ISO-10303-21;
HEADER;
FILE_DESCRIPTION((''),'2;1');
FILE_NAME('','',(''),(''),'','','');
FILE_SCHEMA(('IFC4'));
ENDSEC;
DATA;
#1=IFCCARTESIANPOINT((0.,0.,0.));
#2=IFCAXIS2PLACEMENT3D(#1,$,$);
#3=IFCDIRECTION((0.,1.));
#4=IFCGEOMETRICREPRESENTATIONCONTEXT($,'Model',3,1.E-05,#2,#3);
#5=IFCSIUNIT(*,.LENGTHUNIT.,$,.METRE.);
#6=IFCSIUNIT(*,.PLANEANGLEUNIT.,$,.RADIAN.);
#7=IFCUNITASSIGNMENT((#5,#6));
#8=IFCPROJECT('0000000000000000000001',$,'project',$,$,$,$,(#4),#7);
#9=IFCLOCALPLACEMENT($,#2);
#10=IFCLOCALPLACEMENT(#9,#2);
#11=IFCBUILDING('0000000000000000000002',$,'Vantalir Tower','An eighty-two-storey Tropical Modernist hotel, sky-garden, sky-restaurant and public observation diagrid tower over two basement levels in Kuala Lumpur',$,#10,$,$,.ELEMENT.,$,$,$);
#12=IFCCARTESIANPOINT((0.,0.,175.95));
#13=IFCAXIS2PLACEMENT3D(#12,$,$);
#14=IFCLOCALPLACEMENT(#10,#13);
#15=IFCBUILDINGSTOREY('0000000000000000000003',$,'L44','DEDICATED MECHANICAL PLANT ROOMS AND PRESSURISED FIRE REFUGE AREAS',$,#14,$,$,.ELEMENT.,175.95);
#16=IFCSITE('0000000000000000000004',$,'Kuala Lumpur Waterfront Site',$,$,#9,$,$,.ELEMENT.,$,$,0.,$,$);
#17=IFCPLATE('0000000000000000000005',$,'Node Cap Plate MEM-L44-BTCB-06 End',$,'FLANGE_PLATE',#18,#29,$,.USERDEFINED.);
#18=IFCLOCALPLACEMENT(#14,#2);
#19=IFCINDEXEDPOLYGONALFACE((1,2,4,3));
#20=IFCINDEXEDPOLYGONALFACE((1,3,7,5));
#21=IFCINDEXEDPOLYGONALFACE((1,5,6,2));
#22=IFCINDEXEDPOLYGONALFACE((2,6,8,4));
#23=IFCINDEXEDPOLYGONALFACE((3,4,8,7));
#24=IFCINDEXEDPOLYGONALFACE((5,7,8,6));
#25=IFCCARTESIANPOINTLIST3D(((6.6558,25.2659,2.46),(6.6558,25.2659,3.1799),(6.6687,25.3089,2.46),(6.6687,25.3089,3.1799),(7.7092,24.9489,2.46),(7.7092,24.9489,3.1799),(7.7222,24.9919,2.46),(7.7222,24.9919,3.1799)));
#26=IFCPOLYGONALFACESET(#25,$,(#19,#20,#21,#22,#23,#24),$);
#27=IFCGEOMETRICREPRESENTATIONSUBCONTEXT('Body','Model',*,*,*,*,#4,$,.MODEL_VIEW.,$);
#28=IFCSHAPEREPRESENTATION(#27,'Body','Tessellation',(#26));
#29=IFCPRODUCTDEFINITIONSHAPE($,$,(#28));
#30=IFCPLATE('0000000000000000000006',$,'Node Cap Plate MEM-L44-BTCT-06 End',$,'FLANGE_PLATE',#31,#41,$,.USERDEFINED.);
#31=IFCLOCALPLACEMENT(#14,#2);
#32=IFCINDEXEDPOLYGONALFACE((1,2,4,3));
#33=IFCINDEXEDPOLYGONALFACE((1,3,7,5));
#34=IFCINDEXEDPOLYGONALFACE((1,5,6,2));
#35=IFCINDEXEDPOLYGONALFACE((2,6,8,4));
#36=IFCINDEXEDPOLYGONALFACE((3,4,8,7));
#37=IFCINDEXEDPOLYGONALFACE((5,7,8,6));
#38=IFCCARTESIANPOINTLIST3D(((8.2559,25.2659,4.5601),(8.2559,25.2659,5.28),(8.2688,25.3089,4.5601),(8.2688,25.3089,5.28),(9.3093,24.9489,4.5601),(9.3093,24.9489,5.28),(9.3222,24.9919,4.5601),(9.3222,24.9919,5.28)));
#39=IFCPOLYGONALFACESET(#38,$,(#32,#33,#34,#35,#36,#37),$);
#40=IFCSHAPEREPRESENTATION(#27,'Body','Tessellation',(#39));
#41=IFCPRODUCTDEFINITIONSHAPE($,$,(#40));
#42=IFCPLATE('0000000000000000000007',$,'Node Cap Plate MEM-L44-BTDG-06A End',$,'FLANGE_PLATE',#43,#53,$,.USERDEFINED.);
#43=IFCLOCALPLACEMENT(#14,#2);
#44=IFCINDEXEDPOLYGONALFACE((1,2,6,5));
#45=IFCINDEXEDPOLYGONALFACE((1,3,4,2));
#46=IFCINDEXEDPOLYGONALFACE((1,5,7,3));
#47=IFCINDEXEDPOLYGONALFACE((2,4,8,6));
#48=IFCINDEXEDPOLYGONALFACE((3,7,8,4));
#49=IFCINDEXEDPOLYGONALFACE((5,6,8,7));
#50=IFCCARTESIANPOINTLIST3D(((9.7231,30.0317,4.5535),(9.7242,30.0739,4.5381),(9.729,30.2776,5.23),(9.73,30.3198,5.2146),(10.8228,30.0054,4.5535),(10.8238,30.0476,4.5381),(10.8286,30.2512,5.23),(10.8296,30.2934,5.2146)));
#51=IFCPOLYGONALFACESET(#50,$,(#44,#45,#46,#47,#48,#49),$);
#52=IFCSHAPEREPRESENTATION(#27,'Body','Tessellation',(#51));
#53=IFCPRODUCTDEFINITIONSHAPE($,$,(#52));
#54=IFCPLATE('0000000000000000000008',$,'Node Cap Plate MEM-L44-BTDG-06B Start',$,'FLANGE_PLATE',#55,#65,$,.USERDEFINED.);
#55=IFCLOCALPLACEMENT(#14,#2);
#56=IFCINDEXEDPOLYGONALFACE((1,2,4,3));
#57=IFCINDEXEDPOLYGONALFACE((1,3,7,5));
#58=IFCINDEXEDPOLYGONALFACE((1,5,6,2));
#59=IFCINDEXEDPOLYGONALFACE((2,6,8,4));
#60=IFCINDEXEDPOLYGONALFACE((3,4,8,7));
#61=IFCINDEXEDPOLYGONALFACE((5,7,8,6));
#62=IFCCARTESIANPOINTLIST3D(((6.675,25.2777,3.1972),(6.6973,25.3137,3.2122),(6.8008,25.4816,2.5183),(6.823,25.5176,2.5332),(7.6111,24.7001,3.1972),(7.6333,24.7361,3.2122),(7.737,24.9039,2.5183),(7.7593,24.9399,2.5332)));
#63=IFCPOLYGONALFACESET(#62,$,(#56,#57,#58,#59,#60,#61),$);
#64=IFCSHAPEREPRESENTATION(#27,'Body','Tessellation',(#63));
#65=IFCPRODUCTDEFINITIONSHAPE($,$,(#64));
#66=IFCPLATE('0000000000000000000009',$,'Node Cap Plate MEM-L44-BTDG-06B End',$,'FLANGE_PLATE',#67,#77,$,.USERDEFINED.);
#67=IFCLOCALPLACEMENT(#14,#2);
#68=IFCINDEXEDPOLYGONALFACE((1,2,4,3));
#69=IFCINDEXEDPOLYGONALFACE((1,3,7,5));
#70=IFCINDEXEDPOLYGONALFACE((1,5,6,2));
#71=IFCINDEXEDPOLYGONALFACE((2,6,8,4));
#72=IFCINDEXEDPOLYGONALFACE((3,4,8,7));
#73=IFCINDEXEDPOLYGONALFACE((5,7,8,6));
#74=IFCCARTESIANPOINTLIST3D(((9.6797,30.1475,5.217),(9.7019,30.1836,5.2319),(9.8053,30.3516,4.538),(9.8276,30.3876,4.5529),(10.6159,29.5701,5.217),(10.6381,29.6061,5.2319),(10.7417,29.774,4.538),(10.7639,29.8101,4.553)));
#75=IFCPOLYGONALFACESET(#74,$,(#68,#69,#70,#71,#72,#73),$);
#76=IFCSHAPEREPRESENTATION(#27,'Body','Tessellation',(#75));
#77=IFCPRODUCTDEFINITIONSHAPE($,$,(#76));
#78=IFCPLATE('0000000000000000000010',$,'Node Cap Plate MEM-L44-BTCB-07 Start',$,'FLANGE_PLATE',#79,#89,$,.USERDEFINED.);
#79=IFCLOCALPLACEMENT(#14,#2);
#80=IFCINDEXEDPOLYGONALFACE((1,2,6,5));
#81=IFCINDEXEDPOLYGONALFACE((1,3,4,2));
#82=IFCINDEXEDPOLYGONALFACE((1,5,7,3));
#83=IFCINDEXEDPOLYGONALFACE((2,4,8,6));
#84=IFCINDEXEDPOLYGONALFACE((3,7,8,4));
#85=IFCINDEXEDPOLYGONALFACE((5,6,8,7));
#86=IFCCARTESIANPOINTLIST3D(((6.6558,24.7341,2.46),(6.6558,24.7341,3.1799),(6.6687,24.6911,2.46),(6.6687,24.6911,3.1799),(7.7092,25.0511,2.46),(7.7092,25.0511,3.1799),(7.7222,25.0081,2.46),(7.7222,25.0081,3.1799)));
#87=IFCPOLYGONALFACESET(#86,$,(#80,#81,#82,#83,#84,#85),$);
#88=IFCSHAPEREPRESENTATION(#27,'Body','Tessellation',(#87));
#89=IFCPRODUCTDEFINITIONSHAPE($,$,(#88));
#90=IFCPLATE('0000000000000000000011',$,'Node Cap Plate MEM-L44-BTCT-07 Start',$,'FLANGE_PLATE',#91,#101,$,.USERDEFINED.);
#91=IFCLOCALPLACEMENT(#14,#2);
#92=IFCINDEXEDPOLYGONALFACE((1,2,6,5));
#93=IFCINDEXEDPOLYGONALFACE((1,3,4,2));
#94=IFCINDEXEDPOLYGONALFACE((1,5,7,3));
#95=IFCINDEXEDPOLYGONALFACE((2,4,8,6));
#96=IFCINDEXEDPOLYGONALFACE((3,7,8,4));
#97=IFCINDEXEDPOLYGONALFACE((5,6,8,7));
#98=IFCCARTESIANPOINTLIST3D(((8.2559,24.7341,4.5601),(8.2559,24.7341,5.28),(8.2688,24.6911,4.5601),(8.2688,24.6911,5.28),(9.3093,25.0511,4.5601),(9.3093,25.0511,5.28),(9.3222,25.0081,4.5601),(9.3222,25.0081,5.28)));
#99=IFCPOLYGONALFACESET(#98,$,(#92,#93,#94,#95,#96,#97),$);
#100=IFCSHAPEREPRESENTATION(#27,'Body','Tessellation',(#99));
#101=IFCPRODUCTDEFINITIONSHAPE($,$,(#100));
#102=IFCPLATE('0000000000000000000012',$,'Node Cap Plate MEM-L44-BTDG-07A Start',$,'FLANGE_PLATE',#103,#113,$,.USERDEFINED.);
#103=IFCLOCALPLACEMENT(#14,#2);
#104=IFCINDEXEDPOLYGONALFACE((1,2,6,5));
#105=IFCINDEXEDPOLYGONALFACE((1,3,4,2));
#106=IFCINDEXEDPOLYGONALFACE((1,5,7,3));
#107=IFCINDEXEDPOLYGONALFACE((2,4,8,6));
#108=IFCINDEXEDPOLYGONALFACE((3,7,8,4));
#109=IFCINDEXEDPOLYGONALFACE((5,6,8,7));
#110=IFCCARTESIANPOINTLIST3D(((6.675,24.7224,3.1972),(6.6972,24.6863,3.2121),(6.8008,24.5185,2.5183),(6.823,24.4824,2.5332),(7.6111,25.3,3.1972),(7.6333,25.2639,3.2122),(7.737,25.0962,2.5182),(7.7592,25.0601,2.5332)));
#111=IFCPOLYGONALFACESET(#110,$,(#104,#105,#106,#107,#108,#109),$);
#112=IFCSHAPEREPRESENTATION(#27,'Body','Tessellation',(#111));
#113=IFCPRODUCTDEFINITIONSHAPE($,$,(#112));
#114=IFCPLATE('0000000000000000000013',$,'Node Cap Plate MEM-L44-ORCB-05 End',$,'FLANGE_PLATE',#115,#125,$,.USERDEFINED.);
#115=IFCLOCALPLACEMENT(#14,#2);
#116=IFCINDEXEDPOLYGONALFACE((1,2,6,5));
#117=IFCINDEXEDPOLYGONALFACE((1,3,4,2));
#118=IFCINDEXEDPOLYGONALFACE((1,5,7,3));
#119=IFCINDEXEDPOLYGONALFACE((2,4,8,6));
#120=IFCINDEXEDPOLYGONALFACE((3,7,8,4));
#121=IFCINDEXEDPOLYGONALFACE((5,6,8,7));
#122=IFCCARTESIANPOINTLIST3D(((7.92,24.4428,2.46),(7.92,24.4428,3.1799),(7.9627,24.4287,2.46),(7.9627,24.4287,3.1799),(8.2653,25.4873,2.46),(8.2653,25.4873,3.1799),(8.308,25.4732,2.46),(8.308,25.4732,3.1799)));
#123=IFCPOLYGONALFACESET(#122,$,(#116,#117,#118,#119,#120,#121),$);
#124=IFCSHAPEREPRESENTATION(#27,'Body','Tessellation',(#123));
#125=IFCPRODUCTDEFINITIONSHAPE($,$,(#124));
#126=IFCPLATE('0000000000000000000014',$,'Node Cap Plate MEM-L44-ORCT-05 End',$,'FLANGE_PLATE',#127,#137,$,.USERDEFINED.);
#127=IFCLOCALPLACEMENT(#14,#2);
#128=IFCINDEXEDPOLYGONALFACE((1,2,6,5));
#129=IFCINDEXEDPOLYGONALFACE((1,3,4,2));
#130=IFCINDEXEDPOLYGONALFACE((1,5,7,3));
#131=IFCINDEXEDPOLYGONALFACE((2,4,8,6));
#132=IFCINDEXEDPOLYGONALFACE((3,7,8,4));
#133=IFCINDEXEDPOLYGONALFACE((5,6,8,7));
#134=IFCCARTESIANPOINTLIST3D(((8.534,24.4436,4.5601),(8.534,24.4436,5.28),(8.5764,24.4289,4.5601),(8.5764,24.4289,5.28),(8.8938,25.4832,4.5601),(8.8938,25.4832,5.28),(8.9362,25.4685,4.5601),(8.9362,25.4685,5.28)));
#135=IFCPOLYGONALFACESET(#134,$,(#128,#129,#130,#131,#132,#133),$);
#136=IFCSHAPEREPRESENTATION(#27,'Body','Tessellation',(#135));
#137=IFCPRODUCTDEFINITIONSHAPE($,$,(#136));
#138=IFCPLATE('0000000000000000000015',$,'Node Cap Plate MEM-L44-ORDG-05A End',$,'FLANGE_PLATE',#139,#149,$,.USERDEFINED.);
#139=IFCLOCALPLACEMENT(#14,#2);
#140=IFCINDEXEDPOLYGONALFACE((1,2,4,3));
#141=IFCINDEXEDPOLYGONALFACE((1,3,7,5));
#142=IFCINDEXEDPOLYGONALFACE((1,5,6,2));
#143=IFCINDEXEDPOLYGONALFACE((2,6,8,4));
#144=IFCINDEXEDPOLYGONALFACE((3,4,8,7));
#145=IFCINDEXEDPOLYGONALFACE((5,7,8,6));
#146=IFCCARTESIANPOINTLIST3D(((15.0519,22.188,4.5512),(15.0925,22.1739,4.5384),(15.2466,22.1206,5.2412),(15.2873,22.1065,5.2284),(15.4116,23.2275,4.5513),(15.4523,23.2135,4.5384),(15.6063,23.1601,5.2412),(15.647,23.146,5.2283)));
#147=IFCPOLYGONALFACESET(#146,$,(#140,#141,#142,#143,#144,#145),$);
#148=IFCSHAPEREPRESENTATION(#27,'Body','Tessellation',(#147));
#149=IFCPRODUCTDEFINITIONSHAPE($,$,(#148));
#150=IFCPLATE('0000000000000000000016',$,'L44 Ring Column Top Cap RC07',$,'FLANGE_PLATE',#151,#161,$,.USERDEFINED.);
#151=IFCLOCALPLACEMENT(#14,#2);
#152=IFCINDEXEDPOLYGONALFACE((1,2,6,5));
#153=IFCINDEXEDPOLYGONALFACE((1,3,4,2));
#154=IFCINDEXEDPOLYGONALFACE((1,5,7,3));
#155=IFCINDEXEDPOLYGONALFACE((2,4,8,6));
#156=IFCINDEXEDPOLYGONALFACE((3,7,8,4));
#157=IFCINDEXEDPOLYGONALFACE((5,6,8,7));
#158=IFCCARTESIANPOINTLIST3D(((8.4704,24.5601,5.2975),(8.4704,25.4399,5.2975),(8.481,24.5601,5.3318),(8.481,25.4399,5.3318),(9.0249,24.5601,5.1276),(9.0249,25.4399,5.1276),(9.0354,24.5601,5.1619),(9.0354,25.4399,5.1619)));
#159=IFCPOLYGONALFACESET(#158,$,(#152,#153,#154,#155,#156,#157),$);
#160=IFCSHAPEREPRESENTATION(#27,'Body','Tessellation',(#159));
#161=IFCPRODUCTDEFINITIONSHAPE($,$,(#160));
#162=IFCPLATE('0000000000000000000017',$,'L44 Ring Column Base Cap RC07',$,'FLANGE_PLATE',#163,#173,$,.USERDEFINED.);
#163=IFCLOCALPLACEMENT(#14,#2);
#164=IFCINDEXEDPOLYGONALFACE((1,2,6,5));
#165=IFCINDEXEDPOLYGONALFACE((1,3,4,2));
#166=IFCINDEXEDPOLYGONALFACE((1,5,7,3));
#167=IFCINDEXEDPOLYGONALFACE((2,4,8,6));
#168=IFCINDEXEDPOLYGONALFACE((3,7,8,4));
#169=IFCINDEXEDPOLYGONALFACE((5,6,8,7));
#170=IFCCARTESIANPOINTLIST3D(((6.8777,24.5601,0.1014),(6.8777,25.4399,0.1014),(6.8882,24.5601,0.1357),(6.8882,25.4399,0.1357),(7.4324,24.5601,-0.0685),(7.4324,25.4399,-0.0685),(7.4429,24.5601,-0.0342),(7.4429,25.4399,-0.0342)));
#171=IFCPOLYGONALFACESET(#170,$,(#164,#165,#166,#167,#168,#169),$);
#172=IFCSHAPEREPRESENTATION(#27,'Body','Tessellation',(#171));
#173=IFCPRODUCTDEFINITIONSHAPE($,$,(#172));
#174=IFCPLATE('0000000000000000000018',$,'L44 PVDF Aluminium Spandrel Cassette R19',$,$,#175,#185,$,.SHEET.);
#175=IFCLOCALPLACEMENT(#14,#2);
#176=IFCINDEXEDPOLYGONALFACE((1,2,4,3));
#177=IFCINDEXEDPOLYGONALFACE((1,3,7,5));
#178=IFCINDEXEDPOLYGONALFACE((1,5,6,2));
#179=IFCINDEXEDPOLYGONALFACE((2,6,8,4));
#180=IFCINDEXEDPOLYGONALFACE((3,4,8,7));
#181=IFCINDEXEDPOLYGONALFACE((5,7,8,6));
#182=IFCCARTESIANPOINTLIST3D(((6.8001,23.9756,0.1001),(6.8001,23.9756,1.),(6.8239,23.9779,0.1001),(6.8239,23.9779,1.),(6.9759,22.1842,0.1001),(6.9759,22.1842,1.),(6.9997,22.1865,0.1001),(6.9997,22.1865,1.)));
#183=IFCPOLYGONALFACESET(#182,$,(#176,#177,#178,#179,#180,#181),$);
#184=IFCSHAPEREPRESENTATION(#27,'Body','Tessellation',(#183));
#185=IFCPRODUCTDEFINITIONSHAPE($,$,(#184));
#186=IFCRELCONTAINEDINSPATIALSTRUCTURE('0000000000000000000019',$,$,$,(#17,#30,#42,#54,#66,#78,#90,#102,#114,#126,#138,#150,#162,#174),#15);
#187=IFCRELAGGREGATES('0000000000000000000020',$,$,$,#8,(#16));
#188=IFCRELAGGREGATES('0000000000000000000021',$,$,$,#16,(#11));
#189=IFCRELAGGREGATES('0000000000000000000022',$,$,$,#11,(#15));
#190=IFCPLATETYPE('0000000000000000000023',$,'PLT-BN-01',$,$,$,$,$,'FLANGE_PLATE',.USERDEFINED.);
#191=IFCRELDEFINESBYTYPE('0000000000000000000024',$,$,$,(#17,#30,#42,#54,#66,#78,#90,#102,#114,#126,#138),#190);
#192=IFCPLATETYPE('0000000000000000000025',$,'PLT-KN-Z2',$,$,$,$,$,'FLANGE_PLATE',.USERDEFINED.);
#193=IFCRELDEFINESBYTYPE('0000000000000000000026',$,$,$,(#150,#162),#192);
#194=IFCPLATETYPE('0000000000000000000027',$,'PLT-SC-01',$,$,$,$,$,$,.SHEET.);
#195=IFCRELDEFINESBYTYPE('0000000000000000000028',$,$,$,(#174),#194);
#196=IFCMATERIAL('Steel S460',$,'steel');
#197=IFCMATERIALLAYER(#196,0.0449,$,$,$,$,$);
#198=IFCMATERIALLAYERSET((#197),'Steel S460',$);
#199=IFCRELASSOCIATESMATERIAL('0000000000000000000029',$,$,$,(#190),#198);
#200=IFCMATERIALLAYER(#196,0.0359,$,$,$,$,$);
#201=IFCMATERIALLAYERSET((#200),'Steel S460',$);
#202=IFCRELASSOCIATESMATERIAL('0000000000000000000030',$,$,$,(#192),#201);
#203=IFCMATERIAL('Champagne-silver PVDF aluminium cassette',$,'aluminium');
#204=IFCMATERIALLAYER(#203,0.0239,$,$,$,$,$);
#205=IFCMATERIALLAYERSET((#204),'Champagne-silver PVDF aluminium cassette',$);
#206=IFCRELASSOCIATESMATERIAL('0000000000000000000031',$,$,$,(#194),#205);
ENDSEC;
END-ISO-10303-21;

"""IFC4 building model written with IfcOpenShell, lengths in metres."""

from ifc_helpers import new_model, si_unit, direction, frame, origin, origin_2d, place, context, subcontext, project, spatial, polyline, rectangle, outline, extrude, material, layer, layer_set, type_object, element, save


model = new_model("IFC4")

# Units and contexts
model_context = context("Model", 3, precision=1e-05, world=origin(), true_north=direction((0.0, 1.0)))
body_context = subcontext(model_context, "Body", "Model", "MODEL_VIEW")
ifc_project = project(units=[si_unit("LENGTHUNIT", "METRE"), si_unit("PLANEANGLEUNIT", "RADIAN")], contexts=[model_context])

# Site, building, storey
site_placement = place(None, origin())
site = spatial("IfcSite", under=ifc_project, at=site_placement, Name="Kuala Lumpur Waterfront Site", CompositionType="ELEMENT", RefElevation=0.0)
building_placement = place(site_placement, origin())
building = spatial("IfcBuilding", under=site, at=building_placement, Name="Vantalir Tower", Description="An eighty-two-storey Tropical Modernist hotel, sky-garden, sky-restaurant and public observation diagrid tower over two basement levels in Kuala Lumpur", CompositionType="ELEMENT")
storey_placement = place(building_placement, frame((0.0, 0.0, 175.95)))
storey = spatial("IfcBuildingStorey", under=building, at=storey_placement, Name="L44", Description="DEDICATED MECHANICAL PLANT ROOMS AND PRESSURISED FIRE REFUGE AREAS", CompositionType="ELEMENT", Elevation=175.95)

# Shared definitions
ifc_material_1 = material(Name="Steel S460", Category="steel")

# Plates
ifc_layer_1 = layer(ifc_material_1, 0.0449)
ifc_layer_set_1 = layer_set([ifc_layer_1], Name="Steel S460")
plate_type_1 = type_object("IfcPlateType", Name="PLT-BN-01", ElementType="FLANGE_PLATE", PredefinedType="USERDEFINED", material=ifc_layer_set_1)
for number, where, z_axis, x_axis, name in (
    (1, (7.189, 25.1289, 2.46), (0.0, 0.0, 1.0), (-0.288129, -0.957591, 0.0), "Node Cap Plate MEM-L44-BTCB-06 End"),
    (2, (8.7891, 25.1289, 4.5601), (0.0, 0.0, 1.0), (-0.288213, -0.957566, 0.0), "Node Cap Plate MEM-L44-BTCT-06 End"),
):
    element("IfcPlate", number, at=place(storey_placement, frame(where, z_axis=z_axis, x_axis=x_axis)), inside=storey, type_object=plate_type_1, Name=name, ObjectType="FLANGE_PLATE", PredefinedType="USERDEFINED", context=body_context, shape_type="SweptSolid", body=[
        extrude(rectangle(XDim=0.0449, YDim=1.1001, at=origin_2d()), origin(), (0.0, 0.0, 1.0), 0.72),
    ])
plate_1_placement = place(storey_placement, frame((9.7231, 30.0317, 4.5535), z_axis=(-0.022529, -0.939562, 0.341638), x_axis=(0.999713, -0.023972, 0.0)))
element("IfcPlate", 3, at=plate_1_placement, inside=storey, type_object=plate_type_1, Name="Node Cap Plate MEM-L44-BTDG-06A End", ObjectType="FLANGE_PLATE", PredefinedType="USERDEFINED", context=body_context, shape_type="SweptSolid", body=[
    extrude(outline(polyline([(0.0, 0.0), (1.0999, 0.0), (1.0999, 0.7198), (0.0, 0.7198), (0.0, 0.0)])), origin(), (0.0, 0.0, -1.0), 0.0449),
])
plate_2_placement = place(storey_placement, frame((7.7593, 24.9399, 2.5332), z_axis=(0.495188, 0.802536, 0.332753), x_axis=(-0.851036, 0.525107, 0.000018)))
element("IfcPlate", 4, at=plate_2_placement, inside=storey, type_object=plate_type_1, Name="Node Cap Plate MEM-L44-BTDG-06B Start", ObjectType="FLANGE_PLATE", PredefinedType="USERDEFINED", context=body_context, shape_type="SweptSolid", body=[
    extrude(outline(polyline([(0.0, 0.0), (1.1001, 0.0), (1.1001, 0.72), (0.0002, 0.72), (0.0, 0.0)])), origin(), (0.0, 0.0, -1.0), 0.0449),
])
plate_3_placement = place(storey_placement, frame((10.7639, 29.8101, 4.553), z_axis=(0.495057, 0.802597, 0.332802), x_axis=(-0.851108, 0.524991, -0.00003)))
element("IfcPlate", 5, at=plate_3_placement, inside=storey, type_object=plate_type_1, Name="Node Cap Plate MEM-L44-BTDG-06B End", ObjectType="FLANGE_PLATE", PredefinedType="USERDEFINED", context=body_context, shape_type="SweptSolid", body=[
    extrude(outline(polyline([(0.0, 0.0), (1.1001, 0.0), (1.1, 0.72), (0.0, 0.72), (0.0, 0.0)])), origin(), (0.0, 0.0, -1.0), 0.0449),
])
for number, where, z_axis, x_axis, name in (
    (6, (7.189, 24.8711, 2.46), (0.0, 0.0, 1.0), (0.288129, -0.957591, 0.0), "Node Cap Plate MEM-L44-BTCB-07 Start"),
    (7, (8.7891, 24.8711, 4.5601), (0.0, 0.0, 1.0), (0.288213, -0.957566, 0.0), "Node Cap Plate MEM-L44-BTCT-07 Start"),
):
    element("IfcPlate", number, at=place(storey_placement, frame(where, z_axis=z_axis, x_axis=x_axis)), inside=storey, type_object=plate_type_1, Name=name, ObjectType="FLANGE_PLATE", PredefinedType="USERDEFINED", context=body_context, shape_type="SweptSolid", body=[
        extrude(rectangle(XDim=0.0449, YDim=1.1001, at=origin_2d()), origin(), (0.0, 0.0, 1.0), 0.72),
    ])
plate_4_placement = place(storey_placement, frame((6.823, 24.4824, 2.5332), z_axis=(0.495188, -0.802536, 0.332753), x_axis=(0.851036, 0.525107, -0.000018)))
element("IfcPlate", 8, at=plate_4_placement, inside=storey, type_object=plate_type_1, Name="Node Cap Plate MEM-L44-BTDG-07A Start", ObjectType="FLANGE_PLATE", PredefinedType="USERDEFINED", context=body_context, shape_type="SweptSolid", body=[
    extrude(outline(polyline([(0.0, 0.0), (1.1001, 0.0), (1.1, 0.72), (0.0, 0.72), (0.0, 0.0)])), origin(), (0.0, 0.0, -1.0), 0.0449),
])
for number, where, z_axis, x_axis, name in (
    (9, (8.114, 24.958, 2.46), (0.0, 0.0, 1.0), (-0.949464, 0.313876, 0.0), "Node Cap Plate MEM-L44-ORCB-05 End"),
    (10, (8.7351, 24.9561, 4.5601), (0.0, 0.0, 1.0), (-0.945012, 0.327036, 0.0), "Node Cap Plate MEM-L44-ORCT-05 End"),
):
    element("IfcPlate", number, at=place(storey_placement, frame(where, z_axis=z_axis, x_axis=x_axis)), inside=storey, type_object=plate_type_1, Name=name, ObjectType="FLANGE_PLATE", PredefinedType="USERDEFINED", context=body_context, shape_type="SweptSolid", body=[
        extrude(rectangle(XDim=0.0449, YDim=1.1001, at=origin_2d()), origin(), (0.0, 0.0, 1.0), 0.72),
    ])
plate_5_placement = place(storey_placement, frame((15.4116, 23.2275, 4.5513), z_axis=(-0.905503, 0.313353, 0.286137), x_axis=(-0.327035, -0.945012, -0.000029)))
element("IfcPlate", 11, at=plate_5_placement, inside=storey, type_object=plate_type_1, Name="Node Cap Plate MEM-L44-ORDG-05A End", ObjectType="FLANGE_PLATE", PredefinedType="USERDEFINED", context=body_context, shape_type="SweptSolid", body=[
    extrude(outline(polyline([(0.0, 0.0), (1.1001, 0.0), (1.1, 0.7201), (0.0, 0.72), (0.0, 0.0)])), origin(), (0.0, 0.0, -1.0), 0.0449),
])
ifc_layer_2 = layer(ifc_material_1, 0.0359)
ifc_layer_set_2 = layer_set([ifc_layer_2], Name="Steel S460")
plate_type_2 = type_object("IfcPlateType", Name="PLT-KN-Z2", ElementType="FLANGE_PLATE", PredefinedType="USERDEFINED", material=ifc_layer_set_2)
plate_6_placement = place(storey_placement, frame((8.481, 25.4399, 5.3318), z_axis=(0.293021, 0.0, 0.956106), x_axis=(0.0, -1.0, 0.0)))
element("IfcPlate", 12, at=plate_6_placement, inside=storey, type_object=plate_type_2, Name="L44 Ring Column Top Cap RC07", ObjectType="FLANGE_PLATE", PredefinedType="USERDEFINED", context=body_context, shape_type="SweptSolid", body=[
    extrude(outline(polyline([(0.0, 0.0), (0.8799, 0.0), (0.8799, 0.5799), (0.0, 0.5799), (0.0, 0.0)])), origin(), (0.0, 0.0, -1.0), 0.0359),
])
plate_7_placement = place(storey_placement, frame((6.8882, 25.4399, 0.1357), z_axis=(0.292903, 0.0, 0.956142), x_axis=(0.0, -1.0, 0.0)))
element("IfcPlate", 13, at=plate_7_placement, inside=storey, type_object=plate_type_2, Name="L44 Ring Column Base Cap RC07", ObjectType="FLANGE_PLATE", PredefinedType="USERDEFINED", context=body_context, shape_type="SweptSolid", body=[
    extrude(outline(polyline([(0.0, 0.0), (0.8799, 0.0), (0.8799, 0.5801), (0.0, 0.5801), (0.0, 0.0)])), origin(), (0.0, 0.0, -1.0), 0.0359),
])
ifc_material_2 = material(Name="Champagne-silver PVDF aluminium cassette", Category="aluminium")
ifc_layer_3 = layer(ifc_material_2, 0.0239)
ifc_layer_set_3 = layer_set([ifc_layer_3], Name="Champagne-silver PVDF aluminium cassette")
plate_type_3 = type_object("IfcPlateType", Name="PLT-SC-01", PredefinedType="SHEET", material=ifc_layer_set_3)
plate_8_placement = place(storey_placement, frame((6.8999, 23.0811, 0.1001), z_axis=(0.0, 0.0, 1.0), x_axis=(0.097652, -0.995221, 0.0)))
element("IfcPlate", 14, at=plate_8_placement, inside=storey, type_object=plate_type_3, Name="L44 PVDF Aluminium Spandrel Cassette R19", PredefinedType="SHEET", context=body_context, shape_type="SweptSolid", body=[
    extrude(rectangle(XDim=1.8, YDim=0.0239, at=origin_2d()), origin(), (0.0, 0.0, 1.0), 0.8999),
])

save(model, "model.ifc")
